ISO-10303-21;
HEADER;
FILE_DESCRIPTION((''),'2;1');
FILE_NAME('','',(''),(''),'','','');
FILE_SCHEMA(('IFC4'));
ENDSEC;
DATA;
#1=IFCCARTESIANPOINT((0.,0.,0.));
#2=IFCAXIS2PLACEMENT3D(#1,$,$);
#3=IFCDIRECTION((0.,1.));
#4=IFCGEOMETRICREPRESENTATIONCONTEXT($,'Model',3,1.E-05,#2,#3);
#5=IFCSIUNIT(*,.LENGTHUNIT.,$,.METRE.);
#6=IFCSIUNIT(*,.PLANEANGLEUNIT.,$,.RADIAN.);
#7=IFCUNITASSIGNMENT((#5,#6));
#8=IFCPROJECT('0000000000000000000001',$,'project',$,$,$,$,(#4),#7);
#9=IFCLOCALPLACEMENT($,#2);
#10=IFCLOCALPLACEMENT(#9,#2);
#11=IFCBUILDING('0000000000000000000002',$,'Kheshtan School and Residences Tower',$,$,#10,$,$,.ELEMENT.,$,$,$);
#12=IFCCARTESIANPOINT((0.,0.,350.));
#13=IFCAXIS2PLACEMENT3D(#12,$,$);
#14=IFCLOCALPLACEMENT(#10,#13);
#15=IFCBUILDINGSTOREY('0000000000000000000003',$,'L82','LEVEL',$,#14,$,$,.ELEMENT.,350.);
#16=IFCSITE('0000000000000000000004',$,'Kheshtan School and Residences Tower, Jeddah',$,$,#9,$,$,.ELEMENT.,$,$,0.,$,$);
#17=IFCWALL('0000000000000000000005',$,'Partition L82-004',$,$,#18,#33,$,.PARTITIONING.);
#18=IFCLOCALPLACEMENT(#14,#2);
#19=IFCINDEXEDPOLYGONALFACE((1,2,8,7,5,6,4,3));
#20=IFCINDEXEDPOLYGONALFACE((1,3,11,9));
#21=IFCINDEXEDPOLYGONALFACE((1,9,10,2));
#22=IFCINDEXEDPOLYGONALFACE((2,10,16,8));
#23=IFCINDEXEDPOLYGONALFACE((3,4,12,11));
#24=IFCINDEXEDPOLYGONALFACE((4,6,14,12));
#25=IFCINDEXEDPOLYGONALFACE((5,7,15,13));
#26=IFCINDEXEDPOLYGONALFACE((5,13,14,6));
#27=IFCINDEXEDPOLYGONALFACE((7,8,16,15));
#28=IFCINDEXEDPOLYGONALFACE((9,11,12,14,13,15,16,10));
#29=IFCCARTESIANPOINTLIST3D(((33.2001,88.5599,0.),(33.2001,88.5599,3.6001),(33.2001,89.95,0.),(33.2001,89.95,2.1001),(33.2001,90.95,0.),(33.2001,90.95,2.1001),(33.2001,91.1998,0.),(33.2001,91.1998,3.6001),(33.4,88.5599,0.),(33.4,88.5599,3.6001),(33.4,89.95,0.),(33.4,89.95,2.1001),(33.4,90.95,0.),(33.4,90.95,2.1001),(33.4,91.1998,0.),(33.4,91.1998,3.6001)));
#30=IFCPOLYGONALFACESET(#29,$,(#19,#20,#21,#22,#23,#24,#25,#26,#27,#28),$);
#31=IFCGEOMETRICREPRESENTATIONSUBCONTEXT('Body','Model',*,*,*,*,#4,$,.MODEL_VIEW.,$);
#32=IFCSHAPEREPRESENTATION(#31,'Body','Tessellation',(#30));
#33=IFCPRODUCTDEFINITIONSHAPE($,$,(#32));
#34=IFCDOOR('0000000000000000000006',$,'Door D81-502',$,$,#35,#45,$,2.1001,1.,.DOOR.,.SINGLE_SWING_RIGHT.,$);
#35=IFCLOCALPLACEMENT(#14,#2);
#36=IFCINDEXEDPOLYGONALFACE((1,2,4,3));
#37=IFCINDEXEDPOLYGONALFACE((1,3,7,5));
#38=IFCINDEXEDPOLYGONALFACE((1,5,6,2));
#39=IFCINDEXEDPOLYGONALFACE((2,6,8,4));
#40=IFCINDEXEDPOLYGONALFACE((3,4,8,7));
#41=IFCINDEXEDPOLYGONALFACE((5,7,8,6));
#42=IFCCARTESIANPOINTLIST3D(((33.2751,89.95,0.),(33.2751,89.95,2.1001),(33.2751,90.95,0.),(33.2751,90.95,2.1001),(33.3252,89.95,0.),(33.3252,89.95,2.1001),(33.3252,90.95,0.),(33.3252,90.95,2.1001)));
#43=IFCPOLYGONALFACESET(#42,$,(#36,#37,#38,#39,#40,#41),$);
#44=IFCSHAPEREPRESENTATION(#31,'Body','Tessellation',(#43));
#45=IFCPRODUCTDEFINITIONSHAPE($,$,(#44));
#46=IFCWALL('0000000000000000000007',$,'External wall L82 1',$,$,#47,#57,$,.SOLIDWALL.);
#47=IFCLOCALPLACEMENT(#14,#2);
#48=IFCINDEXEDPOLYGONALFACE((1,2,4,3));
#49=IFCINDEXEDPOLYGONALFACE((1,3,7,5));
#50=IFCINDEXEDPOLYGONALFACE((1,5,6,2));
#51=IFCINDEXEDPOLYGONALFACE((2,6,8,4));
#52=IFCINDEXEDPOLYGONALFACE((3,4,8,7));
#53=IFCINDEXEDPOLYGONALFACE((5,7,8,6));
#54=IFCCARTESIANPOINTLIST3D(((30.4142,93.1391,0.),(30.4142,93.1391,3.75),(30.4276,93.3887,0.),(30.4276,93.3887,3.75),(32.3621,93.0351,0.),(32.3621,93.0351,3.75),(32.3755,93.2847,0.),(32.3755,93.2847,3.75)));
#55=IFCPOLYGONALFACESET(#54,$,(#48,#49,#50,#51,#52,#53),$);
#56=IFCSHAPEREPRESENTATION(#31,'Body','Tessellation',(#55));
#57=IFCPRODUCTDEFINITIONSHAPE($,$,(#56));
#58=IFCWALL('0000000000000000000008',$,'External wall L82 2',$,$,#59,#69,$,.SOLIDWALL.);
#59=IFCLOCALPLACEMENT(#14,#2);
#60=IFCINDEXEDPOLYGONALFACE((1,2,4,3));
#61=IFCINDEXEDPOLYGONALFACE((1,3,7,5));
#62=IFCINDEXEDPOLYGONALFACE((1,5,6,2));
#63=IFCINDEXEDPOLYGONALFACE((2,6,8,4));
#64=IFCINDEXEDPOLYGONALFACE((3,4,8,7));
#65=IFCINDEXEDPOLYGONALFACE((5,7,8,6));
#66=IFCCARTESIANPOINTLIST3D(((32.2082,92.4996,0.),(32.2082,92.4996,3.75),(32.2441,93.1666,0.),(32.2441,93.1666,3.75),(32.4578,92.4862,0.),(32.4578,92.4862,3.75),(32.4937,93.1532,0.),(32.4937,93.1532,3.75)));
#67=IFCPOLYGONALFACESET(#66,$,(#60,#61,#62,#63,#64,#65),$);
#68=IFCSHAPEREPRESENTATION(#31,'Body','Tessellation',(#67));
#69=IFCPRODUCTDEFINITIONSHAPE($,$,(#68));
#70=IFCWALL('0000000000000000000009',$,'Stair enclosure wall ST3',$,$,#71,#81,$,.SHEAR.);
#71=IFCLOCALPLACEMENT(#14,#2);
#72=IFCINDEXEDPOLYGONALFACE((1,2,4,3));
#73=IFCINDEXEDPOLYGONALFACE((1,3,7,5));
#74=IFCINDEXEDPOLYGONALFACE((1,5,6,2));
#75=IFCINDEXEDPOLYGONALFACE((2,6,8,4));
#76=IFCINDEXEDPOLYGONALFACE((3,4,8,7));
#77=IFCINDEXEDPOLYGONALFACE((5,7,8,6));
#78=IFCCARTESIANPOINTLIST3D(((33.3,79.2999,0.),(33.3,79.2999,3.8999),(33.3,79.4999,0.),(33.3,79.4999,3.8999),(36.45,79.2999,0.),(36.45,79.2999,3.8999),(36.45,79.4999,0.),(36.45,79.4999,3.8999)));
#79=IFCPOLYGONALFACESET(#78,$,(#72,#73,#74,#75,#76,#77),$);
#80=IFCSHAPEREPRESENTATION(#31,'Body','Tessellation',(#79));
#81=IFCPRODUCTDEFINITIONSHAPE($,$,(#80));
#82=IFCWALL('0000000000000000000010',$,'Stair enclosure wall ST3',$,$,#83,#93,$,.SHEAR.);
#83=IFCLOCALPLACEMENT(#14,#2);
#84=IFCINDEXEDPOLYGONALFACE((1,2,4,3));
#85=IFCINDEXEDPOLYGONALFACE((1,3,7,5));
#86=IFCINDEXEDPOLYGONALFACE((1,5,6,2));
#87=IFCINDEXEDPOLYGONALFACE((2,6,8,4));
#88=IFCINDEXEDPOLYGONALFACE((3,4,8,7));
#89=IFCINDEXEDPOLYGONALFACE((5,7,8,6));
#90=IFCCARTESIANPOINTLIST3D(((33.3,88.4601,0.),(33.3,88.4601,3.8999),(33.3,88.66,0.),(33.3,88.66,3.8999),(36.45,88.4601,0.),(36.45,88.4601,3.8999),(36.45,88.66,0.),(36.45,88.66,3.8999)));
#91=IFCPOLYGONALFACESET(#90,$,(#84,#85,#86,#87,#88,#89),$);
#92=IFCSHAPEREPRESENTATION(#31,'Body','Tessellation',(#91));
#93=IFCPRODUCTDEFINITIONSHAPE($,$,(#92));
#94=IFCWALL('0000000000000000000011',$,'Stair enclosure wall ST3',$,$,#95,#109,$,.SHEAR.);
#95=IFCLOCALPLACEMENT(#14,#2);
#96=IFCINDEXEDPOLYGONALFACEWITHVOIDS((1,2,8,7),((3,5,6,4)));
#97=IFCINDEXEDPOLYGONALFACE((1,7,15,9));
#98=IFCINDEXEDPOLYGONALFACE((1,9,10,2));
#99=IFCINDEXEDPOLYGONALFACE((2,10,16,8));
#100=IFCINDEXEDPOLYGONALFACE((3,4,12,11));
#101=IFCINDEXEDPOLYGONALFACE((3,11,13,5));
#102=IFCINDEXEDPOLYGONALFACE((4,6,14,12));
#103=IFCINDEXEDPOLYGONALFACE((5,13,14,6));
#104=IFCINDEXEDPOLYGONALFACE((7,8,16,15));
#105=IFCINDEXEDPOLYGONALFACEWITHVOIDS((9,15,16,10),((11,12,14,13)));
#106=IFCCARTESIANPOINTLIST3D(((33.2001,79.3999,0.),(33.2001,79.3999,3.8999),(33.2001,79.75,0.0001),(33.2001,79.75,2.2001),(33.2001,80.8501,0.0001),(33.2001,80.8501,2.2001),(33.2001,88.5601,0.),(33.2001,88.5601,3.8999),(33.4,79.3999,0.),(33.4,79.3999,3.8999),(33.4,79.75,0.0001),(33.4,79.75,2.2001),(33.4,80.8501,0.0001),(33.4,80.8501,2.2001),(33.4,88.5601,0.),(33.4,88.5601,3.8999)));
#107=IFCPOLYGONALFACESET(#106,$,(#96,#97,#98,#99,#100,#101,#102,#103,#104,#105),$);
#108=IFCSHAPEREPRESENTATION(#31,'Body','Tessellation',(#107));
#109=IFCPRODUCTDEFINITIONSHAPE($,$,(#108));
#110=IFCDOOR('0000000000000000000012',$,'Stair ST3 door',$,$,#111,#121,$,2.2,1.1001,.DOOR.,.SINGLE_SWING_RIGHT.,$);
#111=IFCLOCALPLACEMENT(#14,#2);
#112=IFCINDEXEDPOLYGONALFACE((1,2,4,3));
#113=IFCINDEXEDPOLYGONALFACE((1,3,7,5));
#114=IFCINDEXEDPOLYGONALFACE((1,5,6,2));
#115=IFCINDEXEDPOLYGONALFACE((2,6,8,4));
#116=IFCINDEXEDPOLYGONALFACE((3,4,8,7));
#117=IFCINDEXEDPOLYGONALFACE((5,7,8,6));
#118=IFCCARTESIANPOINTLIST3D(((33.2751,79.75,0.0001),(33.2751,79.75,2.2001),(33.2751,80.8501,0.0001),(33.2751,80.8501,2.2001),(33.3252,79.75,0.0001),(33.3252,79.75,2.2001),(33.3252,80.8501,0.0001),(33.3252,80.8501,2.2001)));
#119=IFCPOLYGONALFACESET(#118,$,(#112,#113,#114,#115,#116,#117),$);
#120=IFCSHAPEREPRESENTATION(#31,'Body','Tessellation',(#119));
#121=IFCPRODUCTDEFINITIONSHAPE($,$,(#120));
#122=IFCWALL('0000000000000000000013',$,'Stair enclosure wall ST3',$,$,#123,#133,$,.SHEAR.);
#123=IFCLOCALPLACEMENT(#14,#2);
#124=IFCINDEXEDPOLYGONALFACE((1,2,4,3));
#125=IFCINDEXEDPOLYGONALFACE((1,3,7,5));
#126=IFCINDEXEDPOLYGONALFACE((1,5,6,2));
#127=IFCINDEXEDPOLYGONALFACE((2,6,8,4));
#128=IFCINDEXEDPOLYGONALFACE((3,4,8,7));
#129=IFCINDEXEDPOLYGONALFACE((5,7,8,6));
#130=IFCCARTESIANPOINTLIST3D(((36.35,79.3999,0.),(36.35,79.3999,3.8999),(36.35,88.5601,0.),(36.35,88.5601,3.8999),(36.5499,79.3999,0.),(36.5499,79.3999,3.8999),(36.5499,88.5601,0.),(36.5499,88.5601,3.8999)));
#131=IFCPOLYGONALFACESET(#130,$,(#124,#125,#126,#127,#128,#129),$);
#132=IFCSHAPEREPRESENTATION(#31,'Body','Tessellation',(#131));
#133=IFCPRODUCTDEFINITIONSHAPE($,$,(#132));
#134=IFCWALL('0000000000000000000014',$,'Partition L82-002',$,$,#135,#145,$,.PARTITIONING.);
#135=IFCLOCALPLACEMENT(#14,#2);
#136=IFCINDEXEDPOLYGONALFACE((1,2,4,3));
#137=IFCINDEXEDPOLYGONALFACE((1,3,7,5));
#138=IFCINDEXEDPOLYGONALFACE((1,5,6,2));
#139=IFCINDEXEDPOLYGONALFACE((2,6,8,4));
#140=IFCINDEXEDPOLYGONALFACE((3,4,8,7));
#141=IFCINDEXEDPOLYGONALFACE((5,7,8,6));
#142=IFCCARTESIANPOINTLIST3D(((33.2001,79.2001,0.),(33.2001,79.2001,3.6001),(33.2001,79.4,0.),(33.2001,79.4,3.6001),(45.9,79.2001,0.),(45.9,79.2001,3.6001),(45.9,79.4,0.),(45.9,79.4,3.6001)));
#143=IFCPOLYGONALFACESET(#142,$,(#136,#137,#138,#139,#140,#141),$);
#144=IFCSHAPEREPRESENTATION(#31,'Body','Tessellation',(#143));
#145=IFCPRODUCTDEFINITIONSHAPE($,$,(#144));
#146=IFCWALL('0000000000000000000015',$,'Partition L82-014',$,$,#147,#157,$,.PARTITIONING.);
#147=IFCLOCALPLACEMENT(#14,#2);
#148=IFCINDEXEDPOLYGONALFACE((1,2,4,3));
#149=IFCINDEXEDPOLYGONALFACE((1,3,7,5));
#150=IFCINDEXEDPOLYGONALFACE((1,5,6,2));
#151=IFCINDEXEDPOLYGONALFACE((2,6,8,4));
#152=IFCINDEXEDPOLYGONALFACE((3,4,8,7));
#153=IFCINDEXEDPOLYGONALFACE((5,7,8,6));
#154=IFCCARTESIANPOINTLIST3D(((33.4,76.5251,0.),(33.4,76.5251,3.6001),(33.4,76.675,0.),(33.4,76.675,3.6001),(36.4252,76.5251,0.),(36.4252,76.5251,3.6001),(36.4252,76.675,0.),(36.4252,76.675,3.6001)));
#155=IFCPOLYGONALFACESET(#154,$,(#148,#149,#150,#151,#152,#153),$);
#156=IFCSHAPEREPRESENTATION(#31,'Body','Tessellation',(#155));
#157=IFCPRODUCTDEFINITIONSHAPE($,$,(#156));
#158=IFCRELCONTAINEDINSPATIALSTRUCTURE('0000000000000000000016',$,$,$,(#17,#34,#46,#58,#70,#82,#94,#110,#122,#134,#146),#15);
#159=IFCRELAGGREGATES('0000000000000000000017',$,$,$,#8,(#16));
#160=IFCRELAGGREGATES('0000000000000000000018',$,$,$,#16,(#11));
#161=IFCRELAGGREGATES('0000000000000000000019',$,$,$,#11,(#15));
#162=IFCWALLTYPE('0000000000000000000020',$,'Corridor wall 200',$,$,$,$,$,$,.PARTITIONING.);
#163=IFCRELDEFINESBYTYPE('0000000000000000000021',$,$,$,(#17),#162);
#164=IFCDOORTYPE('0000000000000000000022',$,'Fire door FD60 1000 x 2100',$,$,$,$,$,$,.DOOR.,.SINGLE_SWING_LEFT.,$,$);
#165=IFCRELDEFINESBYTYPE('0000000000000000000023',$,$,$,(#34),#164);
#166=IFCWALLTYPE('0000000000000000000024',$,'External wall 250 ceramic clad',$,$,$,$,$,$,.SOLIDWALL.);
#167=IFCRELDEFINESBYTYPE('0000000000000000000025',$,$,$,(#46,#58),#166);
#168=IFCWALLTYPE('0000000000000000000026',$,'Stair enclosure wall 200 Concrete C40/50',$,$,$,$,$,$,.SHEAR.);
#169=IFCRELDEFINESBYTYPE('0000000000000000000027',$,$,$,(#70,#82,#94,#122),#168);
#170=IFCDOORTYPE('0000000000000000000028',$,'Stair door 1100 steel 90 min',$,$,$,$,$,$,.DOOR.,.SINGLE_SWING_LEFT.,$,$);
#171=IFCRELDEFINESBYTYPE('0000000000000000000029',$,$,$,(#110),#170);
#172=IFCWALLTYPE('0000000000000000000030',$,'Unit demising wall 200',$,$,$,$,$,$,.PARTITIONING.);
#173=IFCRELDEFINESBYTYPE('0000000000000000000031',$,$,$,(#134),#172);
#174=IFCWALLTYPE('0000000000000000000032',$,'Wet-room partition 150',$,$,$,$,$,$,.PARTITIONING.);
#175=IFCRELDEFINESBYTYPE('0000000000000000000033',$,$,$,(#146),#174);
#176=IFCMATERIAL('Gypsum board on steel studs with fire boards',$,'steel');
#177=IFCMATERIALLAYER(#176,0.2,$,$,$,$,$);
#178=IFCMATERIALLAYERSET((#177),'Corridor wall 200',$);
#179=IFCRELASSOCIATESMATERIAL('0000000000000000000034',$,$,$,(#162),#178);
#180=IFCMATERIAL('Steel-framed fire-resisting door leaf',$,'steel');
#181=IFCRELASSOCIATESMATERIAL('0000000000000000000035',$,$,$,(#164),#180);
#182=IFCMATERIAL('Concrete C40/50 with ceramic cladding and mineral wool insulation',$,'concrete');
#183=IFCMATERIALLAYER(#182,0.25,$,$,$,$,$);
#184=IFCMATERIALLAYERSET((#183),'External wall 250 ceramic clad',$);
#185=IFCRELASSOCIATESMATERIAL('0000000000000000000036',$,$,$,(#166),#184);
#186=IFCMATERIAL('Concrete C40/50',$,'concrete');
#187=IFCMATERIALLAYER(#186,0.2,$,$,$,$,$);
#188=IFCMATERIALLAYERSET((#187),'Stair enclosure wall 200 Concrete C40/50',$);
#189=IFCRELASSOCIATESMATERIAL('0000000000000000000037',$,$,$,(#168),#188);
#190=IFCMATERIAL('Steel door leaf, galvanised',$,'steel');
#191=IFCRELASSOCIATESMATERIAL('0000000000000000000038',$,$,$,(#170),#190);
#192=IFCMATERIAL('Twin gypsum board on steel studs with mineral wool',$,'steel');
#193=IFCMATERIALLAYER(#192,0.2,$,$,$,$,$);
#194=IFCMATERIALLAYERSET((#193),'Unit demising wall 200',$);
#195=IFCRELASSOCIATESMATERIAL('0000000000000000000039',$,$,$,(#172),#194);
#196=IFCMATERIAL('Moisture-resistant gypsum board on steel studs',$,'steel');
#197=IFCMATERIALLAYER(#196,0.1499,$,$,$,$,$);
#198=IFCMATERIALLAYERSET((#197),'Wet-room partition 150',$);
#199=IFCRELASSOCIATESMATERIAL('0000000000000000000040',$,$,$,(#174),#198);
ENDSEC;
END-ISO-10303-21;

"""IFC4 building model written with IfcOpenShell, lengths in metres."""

from ifc_helpers import new_model, si_unit, direction, frame, frame_2d, origin, place, context, subcontext, project, spatial, rectangle, extrude, source, transform, mapped, material, layer, layer_set, type_object, element, fill, save


model = new_model("IFC4")

# Units and contexts
model_context = context("Model", 3, precision=1e-05, world=origin(), true_north=direction((0.0, 1.0)))
body_context = subcontext(model_context, "Body", "Model", "MODEL_VIEW")
ifc_project = project(units=[si_unit("LENGTHUNIT", "METRE"), si_unit("PLANEANGLEUNIT", "RADIAN")], contexts=[model_context])

# Site, building, storey
site_placement = place(None, origin())
site = spatial("IfcSite", under=ifc_project, at=site_placement, Name="Kheshtan School and Residences Tower, Jeddah", CompositionType="ELEMENT", RefElevation=0.0)
building_placement = place(site_placement, origin())
building = spatial("IfcBuilding", under=site, at=building_placement, Name="Kheshtan School and Residences Tower", CompositionType="ELEMENT")
storey_placement = place(building_placement, frame((0.0, 0.0, 350.0)))
storey = spatial("IfcBuildingStorey", under=building, at=storey_placement, Name="L82", Description="LEVEL", CompositionType="ELEMENT", Elevation=350.0)

# Shared definitions
ifc_material_1 = material(Name="Gypsum board on steel studs with fire boards", Category="steel")
ifc_layer_1 = layer(ifc_material_1, 0.2)
ifc_layer_set_1 = layer_set([ifc_layer_1], Name="Corridor wall 200")
wall_type_1 = type_object("IfcWallType", Name="Corridor wall 200", PredefinedType="PARTITIONING", material=ifc_layer_set_1)

# Wall, opening, door
wall_1_placement = place(storey_placement, frame((33.3, 88.5601, 0.0), z_axis=(0.0, 0.0, 1.0), x_axis=(0.0, 1.0, 0.0)))
wall_1 = element("IfcWall", 1, at=wall_1_placement, inside=storey, type_object=wall_type_1, Name="Partition L82-004", PredefinedType="PARTITIONING", context=body_context, shape_type="SweptSolid", body=[
    extrude(rectangle(XDim=2.6399, YDim=0.2, at=frame_2d((1.3198, 0.0))), origin(), (0.0, 0.0, 1.0), 3.6001),
])
opening_1_placement = place(wall_1_placement, frame((1.3899, 0.0, 0.0)))
opening_1 = element("IfcOpeningElement", 2, at=opening_1_placement, cuts=wall_1, PredefinedType="OPENING", context=body_context, shape_type="SweptSolid", body=[
    extrude(rectangle(XDim=1.0, YDim=2.1001, at=frame_2d((0.5, 1.05))), frame((0.0, 0.1099, 0.0), z_axis=(0.0, -1.0, 0.0), x_axis=(1.0, 0.0, 0.0)), (0.0, 0.0, 1.0), 0.22),
])
ifc_material_2 = material(Name="Steel-framed fire-resisting door leaf", Category="steel")
door_type_1 = type_object("IfcDoorType", Name="Fire door FD60 1000 x 2100", OperationType="SINGLE_SWING_LEFT", PredefinedType="DOOR", material=ifc_material_2)
shared_shape_1 = source(origin(), body_context, "Body", "SweptSolid", [
    extrude(rectangle(XDim=1.0, YDim=2.1001, at=frame_2d((0.5, 1.05))), frame((0.0, 0.0249, 0.0), z_axis=(0.0, -1.0, 0.0), x_axis=(1.0, 0.0, 0.0)), (0.0, 0.0, 1.0), 0.05),
])
door_1_placement = place(opening_1_placement, origin())
door_1 = element("IfcDoor", 3, at=door_1_placement, inside=storey, type_object=door_type_1, Name="Door D81-502", OperationType="SINGLE_SWING_RIGHT", OverallHeight=2.1001, OverallWidth=1.0, PredefinedType="DOOR", context=body_context, shape_type="MappedRepresentation", body=[
    mapped(shared_shape_1, transform((0.0, 0.0, 0.0), x_axis=(1.0, 0.0, 0.0), y_axis=(0.0, 1.0, 0.0), z_axis=(0.0, 0.0, 1.0), scale=1.0)),
])
fill(opening_1, door_1)

# Walls
ifc_material_3 = material(Name="Concrete C40/50 with ceramic cladding and mineral wool insulation", Category="concrete")
ifc_layer_2 = layer(ifc_material_3, 0.25)
ifc_layer_set_2 = layer_set([ifc_layer_2], Name="External wall 250 ceramic clad")
wall_type_2 = type_object("IfcWallType", Name="External wall 250 ceramic clad", PredefinedType="SOLIDWALL", material=ifc_layer_set_2)
wall_2_placement = place(storey_placement, frame((30.4209, 93.2639, 0.0), z_axis=(0.0, 0.0, 1.0), x_axis=(0.998578, -0.053314, 0.0)))
element("IfcWall", 4, at=wall_2_placement, inside=storey, type_object=wall_type_2, Name="External wall L82 1", PredefinedType="SOLIDWALL", context=body_context, shape_type="SweptSolid", body=[
    extrude(rectangle(XDim=1.9507, YDim=0.25, at=frame_2d((0.9753, 0.0))), origin(), (0.0, 0.0, 1.0), 3.75),
])
wall_3_placement = place(storey_placement, frame((32.3689, 93.1599, 0.0), z_axis=(0.0, 0.0, 1.0), x_axis=(-0.053729, -0.998556, 0.0)))
element("IfcWall", 5, at=wall_3_placement, inside=storey, type_object=wall_type_2, Name="External wall L82 2", PredefinedType="SOLIDWALL", context=body_context, shape_type="SweptSolid", body=[
    extrude(rectangle(XDim=0.668, YDim=0.25, at=frame_2d((0.334, 0.0))), origin(), (0.0, 0.0, 1.0), 3.75),
])
ifc_material_4 = material(Name="Concrete C40/50", Category="concrete")
ifc_layer_3 = layer(ifc_material_4, 0.2)
ifc_layer_set_3 = layer_set([ifc_layer_3], Name="Stair enclosure wall 200 Concrete C40/50")
wall_type_3 = type_object("IfcWallType", Name="Stair enclosure wall 200 Concrete C40/50", PredefinedType="SHEAR", material=ifc_layer_set_3)
for number, where, z_axis, x_axis, name in (
    (6, (33.3, 79.3999, 0.0), (0.0, 0.0, 1.0), (1.0, 0.0, 0.0), "Stair enclosure wall ST3"),
    (7, (33.3, 88.5601, 0.0), (0.0, 0.0, 1.0), (1.0, 0.0, 0.0), "Stair enclosure wall ST3"),
):
    element("IfcWall", number, at=place(storey_placement, frame(where, z_axis=z_axis, x_axis=x_axis)), inside=storey, type_object=wall_type_3, Name=name, PredefinedType="SHEAR", context=body_context, shape_type="SweptSolid", body=[
        extrude(rectangle(XDim=3.1499, YDim=0.2, at=frame_2d((1.575, 0.0))), origin(), (0.0, 0.0, 1.0), 3.8999),
    ])

# Wall, opening, door
wall_4_placement = place(storey_placement, frame((33.3, 79.3999, 0.0), z_axis=(0.0, 0.0, 1.0), x_axis=(0.0, 1.0, 0.0)))
wall_4 = element("IfcWall", 8, at=wall_4_placement, inside=storey, type_object=wall_type_3, Name="Stair enclosure wall ST3", PredefinedType="SHEAR", context=body_context, shape_type="SweptSolid", body=[
    extrude(rectangle(XDim=9.1602, YDim=0.2, at=frame_2d((4.5801, 0.0))), origin(), (0.0, 0.0, 1.0), 3.8999),
])
opening_2_placement = place(wall_4_placement, frame((0.3501, 0.0, 0.0)))
opening_2 = element("IfcOpeningElement", 9, at=opening_2_placement, cuts=wall_4, PredefinedType="OPENING", context=body_context, shape_type="SweptSolid", body=[
    extrude(rectangle(XDim=1.1001, YDim=2.2, at=frame_2d((0.55, 1.1001))), frame((0.0, 0.1099, 0.0), z_axis=(0.0, -1.0, 0.0), x_axis=(1.0, 0.0, 0.0)), (0.0, 0.0, 1.0), 0.22),
])
ifc_material_5 = material(Name="Steel door leaf, galvanised", Category="steel")
door_type_2 = type_object("IfcDoorType", Name="Stair door 1100 steel 90 min", OperationType="SINGLE_SWING_LEFT", PredefinedType="DOOR", material=ifc_material_5)
shared_shape_2 = source(origin(), body_context, "Body", "SweptSolid", [
    extrude(rectangle(XDim=1.1001, YDim=2.2, at=frame_2d((0.55, 1.1001))), frame((0.0, 0.0249, 0.0), z_axis=(0.0, -1.0, 0.0), x_axis=(1.0, 0.0, 0.0)), (0.0, 0.0, 1.0), 0.05),
])
door_2_placement = place(opening_2_placement, origin())
door_2 = element("IfcDoor", 10, at=door_2_placement, inside=storey, type_object=door_type_2, Name="Stair ST3 door", OperationType="SINGLE_SWING_RIGHT", OverallHeight=2.2, OverallWidth=1.1001, PredefinedType="DOOR", context=body_context, shape_type="MappedRepresentation", body=[
    mapped(shared_shape_2, transform((0.0, 0.0, 0.0), x_axis=(1.0, 0.0, 0.0), y_axis=(0.0, 1.0, 0.0), z_axis=(0.0, 0.0, 1.0), scale=1.0)),
])
fill(opening_2, door_2)

# Walls
wall_5_placement = place(storey_placement, frame((36.45, 79.3999, 0.0), z_axis=(0.0, 0.0, 1.0), x_axis=(0.0, 1.0, 0.0)))
element("IfcWall", 11, at=wall_5_placement, inside=storey, type_object=wall_type_3, Name="Stair enclosure wall ST3", PredefinedType="SHEAR", context=body_context, shape_type="SweptSolid", body=[
    extrude(rectangle(XDim=9.1602, YDim=0.2, at=frame_2d((4.5801, 0.0))), origin(), (0.0, 0.0, 1.0), 3.8999),
])
ifc_material_6 = material(Name="Twin gypsum board on steel studs with mineral wool", Category="steel")
ifc_layer_4 = layer(ifc_material_6, 0.2)
ifc_layer_set_4 = layer_set([ifc_layer_4], Name="Unit demising wall 200")
wall_type_4 = type_object("IfcWallType", Name="Unit demising wall 200", PredefinedType="PARTITIONING", material=ifc_layer_set_4)
wall_6_placement = place(storey_placement, frame((33.2, 79.3, 0.0), z_axis=(0.0, 0.0, 1.0), x_axis=(1.0, 0.0, 0.0)))
element("IfcWall", 12, at=wall_6_placement, inside=storey, type_object=wall_type_4, Name="Partition L82-002", PredefinedType="PARTITIONING", context=body_context, shape_type="SweptSolid", body=[
    extrude(rectangle(XDim=12.7, YDim=0.2, at=frame_2d((6.3501, 0.0))), origin(), (0.0, 0.0, 1.0), 3.6001),
])
ifc_material_7 = material(Name="Moisture-resistant gypsum board on steel studs", Category="steel")
ifc_layer_5 = layer(ifc_material_7, 0.1499)
ifc_layer_set_5 = layer_set([ifc_layer_5], Name="Wet-room partition 150")
wall_type_5 = type_object("IfcWallType", Name="Wet-room partition 150", PredefinedType="PARTITIONING", material=ifc_layer_set_5)
wall_7_placement = place(storey_placement, frame((33.3999, 76.6001, 0.0), z_axis=(0.0, 0.0, 1.0), x_axis=(1.0, 0.0, 0.0)))
element("IfcWall", 13, at=wall_7_placement, inside=storey, type_object=wall_type_5, Name="Partition L82-014", PredefinedType="PARTITIONING", context=body_context, shape_type="SweptSolid", body=[
    extrude(rectangle(XDim=3.0251, YDim=0.1499, at=frame_2d((1.5127, 0.0))), origin(), (0.0, 0.0, 1.0), 3.6001),
])

save(model, "model.ifc")
